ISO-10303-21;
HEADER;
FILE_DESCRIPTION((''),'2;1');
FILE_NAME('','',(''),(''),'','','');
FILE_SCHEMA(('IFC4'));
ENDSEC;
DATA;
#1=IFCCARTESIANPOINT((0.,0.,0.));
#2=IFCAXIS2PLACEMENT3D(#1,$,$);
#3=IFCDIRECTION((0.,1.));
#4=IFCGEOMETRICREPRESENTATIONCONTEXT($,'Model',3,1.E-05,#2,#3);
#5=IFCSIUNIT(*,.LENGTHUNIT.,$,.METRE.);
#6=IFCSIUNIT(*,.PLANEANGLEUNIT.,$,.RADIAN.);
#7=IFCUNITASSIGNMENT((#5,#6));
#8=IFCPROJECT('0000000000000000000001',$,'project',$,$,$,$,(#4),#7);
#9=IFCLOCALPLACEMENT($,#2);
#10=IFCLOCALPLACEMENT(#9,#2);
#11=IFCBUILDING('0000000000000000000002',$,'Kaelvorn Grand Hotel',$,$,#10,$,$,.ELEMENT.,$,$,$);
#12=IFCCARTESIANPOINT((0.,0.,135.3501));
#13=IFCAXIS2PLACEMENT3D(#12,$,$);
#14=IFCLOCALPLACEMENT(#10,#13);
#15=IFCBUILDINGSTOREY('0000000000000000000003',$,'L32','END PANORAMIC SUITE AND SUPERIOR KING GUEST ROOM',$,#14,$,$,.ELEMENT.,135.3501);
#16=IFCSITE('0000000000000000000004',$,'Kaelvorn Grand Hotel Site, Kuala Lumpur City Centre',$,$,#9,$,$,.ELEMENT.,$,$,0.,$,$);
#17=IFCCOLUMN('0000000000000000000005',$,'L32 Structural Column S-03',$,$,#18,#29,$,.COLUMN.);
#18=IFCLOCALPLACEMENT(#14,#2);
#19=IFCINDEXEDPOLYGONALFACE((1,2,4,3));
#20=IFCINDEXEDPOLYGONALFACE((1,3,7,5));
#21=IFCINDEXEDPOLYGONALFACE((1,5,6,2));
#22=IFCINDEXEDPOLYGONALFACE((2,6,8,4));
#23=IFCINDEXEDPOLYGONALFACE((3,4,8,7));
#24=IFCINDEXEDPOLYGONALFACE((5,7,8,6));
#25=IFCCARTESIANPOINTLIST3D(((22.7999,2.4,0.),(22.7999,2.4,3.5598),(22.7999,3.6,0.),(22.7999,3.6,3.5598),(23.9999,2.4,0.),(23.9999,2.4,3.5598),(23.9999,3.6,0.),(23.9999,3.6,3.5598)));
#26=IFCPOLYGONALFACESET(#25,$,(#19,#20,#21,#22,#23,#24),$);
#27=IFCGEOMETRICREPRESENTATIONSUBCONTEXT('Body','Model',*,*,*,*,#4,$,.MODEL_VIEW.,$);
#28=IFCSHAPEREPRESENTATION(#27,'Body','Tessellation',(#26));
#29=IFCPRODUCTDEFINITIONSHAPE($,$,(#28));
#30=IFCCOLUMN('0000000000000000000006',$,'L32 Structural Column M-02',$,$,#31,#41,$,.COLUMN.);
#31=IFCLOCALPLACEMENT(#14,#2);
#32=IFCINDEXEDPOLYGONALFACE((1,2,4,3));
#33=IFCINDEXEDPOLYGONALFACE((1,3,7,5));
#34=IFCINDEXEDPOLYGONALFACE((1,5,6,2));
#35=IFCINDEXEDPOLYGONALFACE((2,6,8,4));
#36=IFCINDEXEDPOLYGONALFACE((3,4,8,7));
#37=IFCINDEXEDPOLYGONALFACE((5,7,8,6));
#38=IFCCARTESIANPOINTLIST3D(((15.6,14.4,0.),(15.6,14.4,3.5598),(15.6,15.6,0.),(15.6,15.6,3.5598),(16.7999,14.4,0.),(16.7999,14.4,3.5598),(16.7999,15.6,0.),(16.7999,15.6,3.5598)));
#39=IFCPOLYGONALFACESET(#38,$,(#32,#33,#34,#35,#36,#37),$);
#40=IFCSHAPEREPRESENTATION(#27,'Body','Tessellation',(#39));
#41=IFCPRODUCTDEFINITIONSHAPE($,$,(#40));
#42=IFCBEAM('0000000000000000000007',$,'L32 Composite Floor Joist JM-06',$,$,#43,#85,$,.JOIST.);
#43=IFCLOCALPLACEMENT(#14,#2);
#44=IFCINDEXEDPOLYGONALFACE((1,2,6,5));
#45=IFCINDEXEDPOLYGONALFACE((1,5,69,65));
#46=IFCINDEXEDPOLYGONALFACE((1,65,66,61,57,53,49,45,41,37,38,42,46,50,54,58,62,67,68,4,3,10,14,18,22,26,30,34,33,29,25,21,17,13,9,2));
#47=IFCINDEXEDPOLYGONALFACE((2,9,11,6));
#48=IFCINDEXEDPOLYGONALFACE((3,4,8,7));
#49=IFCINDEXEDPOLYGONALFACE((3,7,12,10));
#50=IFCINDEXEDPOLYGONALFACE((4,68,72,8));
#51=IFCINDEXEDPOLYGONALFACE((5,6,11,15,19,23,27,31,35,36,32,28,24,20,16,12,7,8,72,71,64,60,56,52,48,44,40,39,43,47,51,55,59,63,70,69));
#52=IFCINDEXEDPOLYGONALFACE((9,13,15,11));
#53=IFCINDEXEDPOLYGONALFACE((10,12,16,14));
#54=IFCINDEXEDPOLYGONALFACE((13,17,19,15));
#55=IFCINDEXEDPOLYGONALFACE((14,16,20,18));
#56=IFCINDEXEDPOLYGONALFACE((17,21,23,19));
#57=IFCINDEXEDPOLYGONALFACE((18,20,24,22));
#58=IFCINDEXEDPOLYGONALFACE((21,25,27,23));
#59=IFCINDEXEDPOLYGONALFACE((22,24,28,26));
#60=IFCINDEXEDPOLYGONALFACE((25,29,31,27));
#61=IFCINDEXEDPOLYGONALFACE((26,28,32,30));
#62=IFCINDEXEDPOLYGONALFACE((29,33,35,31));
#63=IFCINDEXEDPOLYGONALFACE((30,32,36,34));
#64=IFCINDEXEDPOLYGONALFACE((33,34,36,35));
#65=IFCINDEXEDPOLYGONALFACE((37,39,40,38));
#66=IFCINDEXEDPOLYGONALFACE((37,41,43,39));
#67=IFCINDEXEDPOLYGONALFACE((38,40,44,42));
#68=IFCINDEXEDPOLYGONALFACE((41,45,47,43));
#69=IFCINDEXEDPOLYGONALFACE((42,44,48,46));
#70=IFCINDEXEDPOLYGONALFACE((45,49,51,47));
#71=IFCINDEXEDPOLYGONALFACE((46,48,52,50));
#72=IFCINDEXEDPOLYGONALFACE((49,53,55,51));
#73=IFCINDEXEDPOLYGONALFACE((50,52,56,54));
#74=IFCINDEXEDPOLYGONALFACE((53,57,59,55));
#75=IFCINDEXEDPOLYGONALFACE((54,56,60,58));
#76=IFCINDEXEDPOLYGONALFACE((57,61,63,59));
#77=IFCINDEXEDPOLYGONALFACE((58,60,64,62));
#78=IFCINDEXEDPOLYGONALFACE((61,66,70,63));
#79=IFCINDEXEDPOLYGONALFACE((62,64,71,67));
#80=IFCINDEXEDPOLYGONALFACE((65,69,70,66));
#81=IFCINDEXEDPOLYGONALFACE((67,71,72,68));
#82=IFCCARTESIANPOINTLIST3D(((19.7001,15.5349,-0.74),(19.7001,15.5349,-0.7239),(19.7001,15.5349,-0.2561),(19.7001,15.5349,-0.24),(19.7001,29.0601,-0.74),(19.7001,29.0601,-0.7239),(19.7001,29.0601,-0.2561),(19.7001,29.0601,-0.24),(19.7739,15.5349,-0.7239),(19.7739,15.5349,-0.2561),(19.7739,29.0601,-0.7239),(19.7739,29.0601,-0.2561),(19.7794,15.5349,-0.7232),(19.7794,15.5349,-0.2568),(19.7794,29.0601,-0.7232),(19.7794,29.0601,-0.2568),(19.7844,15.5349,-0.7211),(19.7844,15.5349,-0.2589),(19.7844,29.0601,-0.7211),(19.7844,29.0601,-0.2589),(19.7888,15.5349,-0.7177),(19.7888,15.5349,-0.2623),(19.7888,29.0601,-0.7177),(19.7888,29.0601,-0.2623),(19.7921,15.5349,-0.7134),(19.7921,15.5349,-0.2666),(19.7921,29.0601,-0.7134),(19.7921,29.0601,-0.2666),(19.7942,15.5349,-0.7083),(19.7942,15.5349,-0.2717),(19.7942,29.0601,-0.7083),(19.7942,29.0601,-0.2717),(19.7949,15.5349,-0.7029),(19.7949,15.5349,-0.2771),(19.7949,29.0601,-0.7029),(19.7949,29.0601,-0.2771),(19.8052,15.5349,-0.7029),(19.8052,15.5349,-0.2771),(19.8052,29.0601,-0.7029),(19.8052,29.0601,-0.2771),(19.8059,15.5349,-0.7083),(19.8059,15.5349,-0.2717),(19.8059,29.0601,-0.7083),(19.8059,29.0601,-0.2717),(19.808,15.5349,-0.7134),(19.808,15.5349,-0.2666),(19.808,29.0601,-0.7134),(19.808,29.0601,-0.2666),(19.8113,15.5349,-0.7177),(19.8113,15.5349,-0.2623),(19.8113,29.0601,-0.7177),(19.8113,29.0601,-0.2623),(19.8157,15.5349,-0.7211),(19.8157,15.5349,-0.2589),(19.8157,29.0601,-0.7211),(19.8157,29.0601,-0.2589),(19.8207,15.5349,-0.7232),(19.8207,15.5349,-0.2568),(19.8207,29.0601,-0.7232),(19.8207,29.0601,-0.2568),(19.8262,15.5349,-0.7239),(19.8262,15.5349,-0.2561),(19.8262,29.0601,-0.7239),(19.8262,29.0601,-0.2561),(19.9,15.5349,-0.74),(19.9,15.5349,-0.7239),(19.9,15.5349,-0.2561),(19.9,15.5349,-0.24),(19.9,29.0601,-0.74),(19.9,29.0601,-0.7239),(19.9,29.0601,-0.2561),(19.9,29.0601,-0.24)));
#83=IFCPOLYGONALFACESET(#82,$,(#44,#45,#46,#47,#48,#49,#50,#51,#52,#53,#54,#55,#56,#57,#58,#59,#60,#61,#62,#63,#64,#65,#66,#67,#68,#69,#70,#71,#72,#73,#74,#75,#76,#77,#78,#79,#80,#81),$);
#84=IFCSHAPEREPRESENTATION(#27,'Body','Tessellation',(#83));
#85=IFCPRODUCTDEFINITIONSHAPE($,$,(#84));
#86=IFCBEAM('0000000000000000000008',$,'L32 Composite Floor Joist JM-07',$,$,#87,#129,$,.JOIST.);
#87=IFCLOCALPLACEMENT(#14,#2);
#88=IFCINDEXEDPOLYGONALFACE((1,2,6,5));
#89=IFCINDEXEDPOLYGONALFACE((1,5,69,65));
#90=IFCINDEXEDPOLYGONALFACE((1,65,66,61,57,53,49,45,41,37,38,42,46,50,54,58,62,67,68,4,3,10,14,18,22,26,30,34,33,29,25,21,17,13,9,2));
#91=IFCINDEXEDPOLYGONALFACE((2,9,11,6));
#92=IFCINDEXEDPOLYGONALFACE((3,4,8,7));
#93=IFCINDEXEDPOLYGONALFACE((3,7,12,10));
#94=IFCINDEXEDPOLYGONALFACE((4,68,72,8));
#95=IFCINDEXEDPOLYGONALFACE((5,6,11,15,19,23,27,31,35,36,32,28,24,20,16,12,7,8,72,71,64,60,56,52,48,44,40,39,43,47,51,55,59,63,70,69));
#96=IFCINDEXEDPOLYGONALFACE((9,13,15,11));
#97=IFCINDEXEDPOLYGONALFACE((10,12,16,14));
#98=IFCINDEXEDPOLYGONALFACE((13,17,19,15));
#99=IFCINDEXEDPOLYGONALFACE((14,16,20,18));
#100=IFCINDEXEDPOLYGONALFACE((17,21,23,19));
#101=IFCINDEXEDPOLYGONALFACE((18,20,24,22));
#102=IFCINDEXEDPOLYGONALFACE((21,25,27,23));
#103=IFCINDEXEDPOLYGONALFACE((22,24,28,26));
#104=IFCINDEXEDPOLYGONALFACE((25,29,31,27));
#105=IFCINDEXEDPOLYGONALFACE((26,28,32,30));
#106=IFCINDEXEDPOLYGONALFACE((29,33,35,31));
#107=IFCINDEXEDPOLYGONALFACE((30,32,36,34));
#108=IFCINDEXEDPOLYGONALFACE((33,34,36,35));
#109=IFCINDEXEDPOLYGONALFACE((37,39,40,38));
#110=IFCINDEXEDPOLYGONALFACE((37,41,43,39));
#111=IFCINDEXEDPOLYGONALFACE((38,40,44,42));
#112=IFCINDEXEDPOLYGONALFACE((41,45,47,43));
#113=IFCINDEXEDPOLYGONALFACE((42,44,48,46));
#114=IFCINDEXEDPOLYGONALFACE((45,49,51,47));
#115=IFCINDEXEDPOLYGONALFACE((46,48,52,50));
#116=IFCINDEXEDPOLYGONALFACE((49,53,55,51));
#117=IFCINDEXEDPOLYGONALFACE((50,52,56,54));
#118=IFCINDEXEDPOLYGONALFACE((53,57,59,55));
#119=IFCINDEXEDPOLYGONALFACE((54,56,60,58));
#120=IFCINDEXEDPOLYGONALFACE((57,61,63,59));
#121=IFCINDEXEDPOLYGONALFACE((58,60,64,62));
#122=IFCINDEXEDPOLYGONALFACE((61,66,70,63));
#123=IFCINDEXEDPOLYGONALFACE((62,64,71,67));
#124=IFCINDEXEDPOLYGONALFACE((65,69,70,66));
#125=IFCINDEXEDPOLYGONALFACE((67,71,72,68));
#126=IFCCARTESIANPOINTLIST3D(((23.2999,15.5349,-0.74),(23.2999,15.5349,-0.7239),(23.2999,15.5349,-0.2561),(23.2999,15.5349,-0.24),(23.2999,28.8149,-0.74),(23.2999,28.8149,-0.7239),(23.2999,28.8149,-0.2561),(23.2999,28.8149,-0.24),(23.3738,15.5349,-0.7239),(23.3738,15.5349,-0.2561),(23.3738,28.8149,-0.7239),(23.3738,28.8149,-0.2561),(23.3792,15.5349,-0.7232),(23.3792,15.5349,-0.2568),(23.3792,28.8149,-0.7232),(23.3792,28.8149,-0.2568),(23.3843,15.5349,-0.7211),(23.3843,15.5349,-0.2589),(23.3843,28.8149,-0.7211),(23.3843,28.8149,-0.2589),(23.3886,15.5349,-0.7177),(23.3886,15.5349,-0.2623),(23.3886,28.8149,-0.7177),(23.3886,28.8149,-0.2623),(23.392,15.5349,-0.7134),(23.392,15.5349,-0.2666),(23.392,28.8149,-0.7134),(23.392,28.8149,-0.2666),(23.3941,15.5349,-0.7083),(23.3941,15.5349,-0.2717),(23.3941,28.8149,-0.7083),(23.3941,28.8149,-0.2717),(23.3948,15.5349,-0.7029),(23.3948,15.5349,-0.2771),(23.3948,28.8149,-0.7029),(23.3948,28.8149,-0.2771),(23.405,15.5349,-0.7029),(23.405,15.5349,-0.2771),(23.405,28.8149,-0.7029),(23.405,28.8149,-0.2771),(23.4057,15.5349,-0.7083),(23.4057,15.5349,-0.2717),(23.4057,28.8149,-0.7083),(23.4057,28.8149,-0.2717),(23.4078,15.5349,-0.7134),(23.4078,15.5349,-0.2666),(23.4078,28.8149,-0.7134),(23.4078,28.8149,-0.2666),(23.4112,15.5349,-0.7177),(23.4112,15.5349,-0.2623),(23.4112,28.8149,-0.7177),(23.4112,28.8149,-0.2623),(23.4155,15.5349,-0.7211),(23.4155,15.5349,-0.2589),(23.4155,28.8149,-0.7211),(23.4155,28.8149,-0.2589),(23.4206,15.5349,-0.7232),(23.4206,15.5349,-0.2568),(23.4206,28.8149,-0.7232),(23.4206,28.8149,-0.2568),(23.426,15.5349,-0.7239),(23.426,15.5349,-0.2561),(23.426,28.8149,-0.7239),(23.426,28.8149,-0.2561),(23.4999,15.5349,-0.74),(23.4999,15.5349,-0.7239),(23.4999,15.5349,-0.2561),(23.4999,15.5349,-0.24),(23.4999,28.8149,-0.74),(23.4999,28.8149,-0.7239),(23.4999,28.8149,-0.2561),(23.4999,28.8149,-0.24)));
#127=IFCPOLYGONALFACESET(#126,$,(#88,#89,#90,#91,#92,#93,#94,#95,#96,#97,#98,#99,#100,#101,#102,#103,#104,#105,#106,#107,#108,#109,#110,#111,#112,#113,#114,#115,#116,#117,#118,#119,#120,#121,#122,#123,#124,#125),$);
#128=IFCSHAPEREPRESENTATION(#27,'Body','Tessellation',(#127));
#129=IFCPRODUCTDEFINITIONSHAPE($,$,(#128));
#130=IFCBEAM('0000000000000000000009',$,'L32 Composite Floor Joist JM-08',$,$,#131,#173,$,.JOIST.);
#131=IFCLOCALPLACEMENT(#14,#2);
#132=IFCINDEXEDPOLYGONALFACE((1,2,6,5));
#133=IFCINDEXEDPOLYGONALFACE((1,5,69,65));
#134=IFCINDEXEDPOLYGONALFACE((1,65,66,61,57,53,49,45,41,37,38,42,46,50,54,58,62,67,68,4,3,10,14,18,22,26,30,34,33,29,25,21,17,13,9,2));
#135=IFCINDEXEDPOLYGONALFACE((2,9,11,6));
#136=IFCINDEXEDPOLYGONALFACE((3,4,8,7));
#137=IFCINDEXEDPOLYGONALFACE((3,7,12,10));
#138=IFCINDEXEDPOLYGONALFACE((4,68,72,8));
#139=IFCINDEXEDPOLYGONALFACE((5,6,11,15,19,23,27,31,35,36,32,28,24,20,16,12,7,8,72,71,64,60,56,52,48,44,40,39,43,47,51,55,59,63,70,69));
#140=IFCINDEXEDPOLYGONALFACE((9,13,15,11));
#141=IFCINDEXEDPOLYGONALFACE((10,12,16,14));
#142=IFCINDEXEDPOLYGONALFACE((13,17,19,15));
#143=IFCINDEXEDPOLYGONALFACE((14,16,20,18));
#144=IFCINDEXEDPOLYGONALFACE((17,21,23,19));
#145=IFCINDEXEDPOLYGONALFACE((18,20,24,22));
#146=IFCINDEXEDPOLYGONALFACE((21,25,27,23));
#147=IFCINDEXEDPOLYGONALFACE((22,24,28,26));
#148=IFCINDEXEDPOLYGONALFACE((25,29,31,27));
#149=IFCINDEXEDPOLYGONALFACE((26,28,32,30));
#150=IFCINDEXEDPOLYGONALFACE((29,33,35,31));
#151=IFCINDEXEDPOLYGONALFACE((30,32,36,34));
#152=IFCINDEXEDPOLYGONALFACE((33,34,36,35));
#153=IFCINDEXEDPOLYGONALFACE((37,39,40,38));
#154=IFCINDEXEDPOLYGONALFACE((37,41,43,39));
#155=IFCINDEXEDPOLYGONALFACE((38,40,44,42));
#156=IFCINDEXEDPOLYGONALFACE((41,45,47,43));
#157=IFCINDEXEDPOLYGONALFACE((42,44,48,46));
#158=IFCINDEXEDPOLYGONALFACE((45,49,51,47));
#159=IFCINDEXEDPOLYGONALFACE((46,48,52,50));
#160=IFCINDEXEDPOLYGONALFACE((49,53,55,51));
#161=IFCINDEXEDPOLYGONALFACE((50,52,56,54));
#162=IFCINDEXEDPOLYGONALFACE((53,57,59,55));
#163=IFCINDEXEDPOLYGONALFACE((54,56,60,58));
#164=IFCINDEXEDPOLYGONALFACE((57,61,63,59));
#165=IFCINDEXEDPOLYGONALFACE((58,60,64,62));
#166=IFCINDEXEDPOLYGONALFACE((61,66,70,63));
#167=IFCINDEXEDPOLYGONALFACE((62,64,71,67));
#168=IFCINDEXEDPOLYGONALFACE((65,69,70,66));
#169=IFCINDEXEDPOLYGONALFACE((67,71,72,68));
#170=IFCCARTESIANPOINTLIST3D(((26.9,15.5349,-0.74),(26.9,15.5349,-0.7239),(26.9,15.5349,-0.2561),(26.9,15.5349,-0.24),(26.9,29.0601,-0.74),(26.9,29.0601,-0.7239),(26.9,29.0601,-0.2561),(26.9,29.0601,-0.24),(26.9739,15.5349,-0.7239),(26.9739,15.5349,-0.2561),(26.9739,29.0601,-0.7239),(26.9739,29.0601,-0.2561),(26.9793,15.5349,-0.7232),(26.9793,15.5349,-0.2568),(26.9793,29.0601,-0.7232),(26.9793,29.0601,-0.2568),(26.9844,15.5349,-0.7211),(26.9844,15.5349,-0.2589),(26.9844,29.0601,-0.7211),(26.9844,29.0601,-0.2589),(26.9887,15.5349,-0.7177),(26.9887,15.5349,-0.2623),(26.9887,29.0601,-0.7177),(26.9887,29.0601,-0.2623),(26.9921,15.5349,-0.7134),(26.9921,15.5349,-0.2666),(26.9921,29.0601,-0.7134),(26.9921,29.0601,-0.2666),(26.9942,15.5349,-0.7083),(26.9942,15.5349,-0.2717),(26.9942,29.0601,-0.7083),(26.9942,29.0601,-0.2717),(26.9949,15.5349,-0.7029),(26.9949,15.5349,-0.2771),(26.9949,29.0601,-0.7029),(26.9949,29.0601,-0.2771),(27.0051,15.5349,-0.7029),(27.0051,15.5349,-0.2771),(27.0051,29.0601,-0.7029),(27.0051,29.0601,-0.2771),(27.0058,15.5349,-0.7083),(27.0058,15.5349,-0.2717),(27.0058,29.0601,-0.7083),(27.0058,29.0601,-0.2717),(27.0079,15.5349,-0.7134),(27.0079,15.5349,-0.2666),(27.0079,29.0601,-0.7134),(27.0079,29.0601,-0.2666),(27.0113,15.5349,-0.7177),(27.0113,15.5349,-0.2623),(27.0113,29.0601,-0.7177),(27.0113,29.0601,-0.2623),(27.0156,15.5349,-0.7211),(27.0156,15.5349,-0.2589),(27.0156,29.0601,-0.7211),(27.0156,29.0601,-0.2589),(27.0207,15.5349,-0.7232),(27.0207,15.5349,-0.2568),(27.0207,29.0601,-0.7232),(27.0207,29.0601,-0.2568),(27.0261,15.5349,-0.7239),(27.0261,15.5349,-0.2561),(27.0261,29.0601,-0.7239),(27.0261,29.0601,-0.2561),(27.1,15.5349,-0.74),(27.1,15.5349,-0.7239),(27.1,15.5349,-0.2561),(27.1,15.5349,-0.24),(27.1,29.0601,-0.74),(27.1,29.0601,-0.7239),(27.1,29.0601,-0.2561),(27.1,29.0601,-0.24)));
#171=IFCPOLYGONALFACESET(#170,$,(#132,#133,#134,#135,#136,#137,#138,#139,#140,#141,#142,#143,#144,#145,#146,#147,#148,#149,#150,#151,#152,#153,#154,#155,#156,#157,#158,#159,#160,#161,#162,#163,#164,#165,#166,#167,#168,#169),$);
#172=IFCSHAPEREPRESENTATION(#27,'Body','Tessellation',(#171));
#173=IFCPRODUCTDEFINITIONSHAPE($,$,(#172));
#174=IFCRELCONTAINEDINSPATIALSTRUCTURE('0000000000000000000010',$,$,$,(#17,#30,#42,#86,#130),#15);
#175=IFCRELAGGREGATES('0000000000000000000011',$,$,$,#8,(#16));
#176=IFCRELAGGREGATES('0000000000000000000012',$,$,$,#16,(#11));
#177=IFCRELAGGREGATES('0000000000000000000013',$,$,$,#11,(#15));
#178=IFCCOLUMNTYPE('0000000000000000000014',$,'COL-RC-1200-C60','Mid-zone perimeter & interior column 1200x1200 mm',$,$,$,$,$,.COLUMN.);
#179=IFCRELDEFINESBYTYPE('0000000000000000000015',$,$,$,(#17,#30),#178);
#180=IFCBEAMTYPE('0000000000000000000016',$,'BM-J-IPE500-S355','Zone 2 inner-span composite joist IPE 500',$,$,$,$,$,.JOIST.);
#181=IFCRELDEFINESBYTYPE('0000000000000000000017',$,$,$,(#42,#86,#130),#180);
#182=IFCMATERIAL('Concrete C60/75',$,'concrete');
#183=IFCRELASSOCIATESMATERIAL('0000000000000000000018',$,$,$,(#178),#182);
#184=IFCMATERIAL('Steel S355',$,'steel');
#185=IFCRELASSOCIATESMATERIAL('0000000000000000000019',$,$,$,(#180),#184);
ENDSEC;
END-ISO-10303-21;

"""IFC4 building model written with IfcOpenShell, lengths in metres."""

from ifc_helpers import new_model, si_unit, direction, frame, origin, origin_2d, place, context, subcontext, project, spatial, rectangle, i_section, extrude, material, material_profile, profile_set, type_object, element, save


model = new_model("IFC4")

# Units and contexts
model_context = context("Model", 3, precision=1e-05, world=origin(), true_north=direction((0.0, 1.0)))
body_context = subcontext(model_context, "Body", "Model", "MODEL_VIEW")
ifc_project = project(units=[si_unit("LENGTHUNIT", "METRE"), si_unit("PLANEANGLEUNIT", "RADIAN")], contexts=[model_context])

# Site, building, storey
site_placement = place(None, origin())
site = spatial("IfcSite", under=ifc_project, at=site_placement, Name="Kaelvorn Grand Hotel Site, Kuala Lumpur City Centre", CompositionType="ELEMENT", RefElevation=0.0)
building_placement = place(site_placement, origin())
building = spatial("IfcBuilding", under=site, at=building_placement, Name="Kaelvorn Grand Hotel", CompositionType="ELEMENT")
storey_placement = place(building_placement, frame((0.0, 0.0, 135.3501)))
storey = spatial("IfcBuildingStorey", under=building, at=storey_placement, Name="L32", Description="END PANORAMIC SUITE AND SUPERIOR KING GUEST ROOM", CompositionType="ELEMENT", Elevation=135.3501)

# Columns
ifc_material_1 = material(Name="Concrete C60/75", Category="concrete")
ifc_material_profile_1 = material_profile(ifc_material_1, rectangle(XDim=1.2, YDim=1.2, at=origin_2d()), Name="RC COL 1200x1200")
ifc_profile_set_1 = profile_set([ifc_material_profile_1], Name="Concrete C60/75")
column_type = type_object("IfcColumnType", Name="COL-RC-1200-C60", Description="Mid-zone perimeter & interior column 1200x1200 mm", PredefinedType="COLUMN", material=ifc_profile_set_1)
for number, where, z_axis, x_axis, name in (
    (1, (23.3999, 3.0, 0.0), (0.0, 0.0, 1.0), (1.0, 0.0, 0.0), "L32 Structural Column S-03"),
    (2, (16.2, 15.0, 0.0), (0.0, 0.0, 1.0), (1.0, 0.0, 0.0), "L32 Structural Column M-02"),
):
    element("IfcColumn", number, at=place(storey_placement, frame(where, z_axis=z_axis, x_axis=x_axis)), inside=storey, type_object=column_type, Name=name, PredefinedType="COLUMN", context=body_context, shape_type="SweptSolid", body=[
        extrude(rectangle(XDim=1.2, YDim=1.2, at=origin_2d()), origin(), (0.0, 0.0, 1.0), 3.5598),
    ])

# Beams
ifc_material_2 = material(Name="Steel S355", Category="steel")
ifc_material_profile_2 = material_profile(ifc_material_2, i_section(OverallWidth=0.2, OverallDepth=0.5, WebThickness=0.0103, FlangeThickness=0.0161, FilletRadius=0.021, at=origin_2d()), Name="IPE 500")
ifc_profile_set_2 = profile_set([ifc_material_profile_2], Name="Steel S355")
beam_type_1 = type_object("IfcBeamType", Name="BM-J-IPE500-S355", Description="Zone 2 inner-span composite joist IPE 500", PredefinedType="JOIST", material=ifc_profile_set_2)
beam_1_placement = place(storey_placement, frame((19.8, 15.5349, -0.49), z_axis=(0.0, 1.0, 0.0), x_axis=(-1.0, 0.0, 0.0)))
element("IfcBeam", 3, at=beam_1_placement, inside=storey, type_object=beam_type_1, Name="L32 Composite Floor Joist JM-06", PredefinedType="JOIST", context=body_context, shape_type="SweptSolid", body=[
    extrude(i_section(OverallWidth=0.2, OverallDepth=0.5, WebThickness=0.0103, FlangeThickness=0.0161, FilletRadius=0.021, at=origin_2d()), origin(), (0.0, 0.0, 1.0), 13.5251),
])
beam_2_placement = place(storey_placement, frame((23.3999, 15.5349, -0.49), z_axis=(0.0, 1.0, 0.0), x_axis=(-1.0, 0.0, 0.0)))
element("IfcBeam", 4, at=beam_2_placement, inside=storey, type_object=beam_type_1, Name="L32 Composite Floor Joist JM-07", PredefinedType="JOIST", context=body_context, shape_type="SweptSolid", body=[
    extrude(i_section(OverallWidth=0.2, OverallDepth=0.5, WebThickness=0.0103, FlangeThickness=0.0161, FilletRadius=0.021, at=origin_2d()), origin(), (0.0, 0.0, 1.0), 13.28),
])
beam_3_placement = place(storey_placement, frame((27.0, 15.5349, -0.49), z_axis=(0.0, 1.0, 0.0), x_axis=(-1.0, 0.0, 0.0)))
element("IfcBeam", 5, at=beam_3_placement, inside=storey, type_object=beam_type_1, Name="L32 Composite Floor Joist JM-08", PredefinedType="JOIST", context=body_context, shape_type="SweptSolid", body=[
    extrude(i_section(OverallWidth=0.2, OverallDepth=0.5, WebThickness=0.0103, FlangeThickness=0.0161, FilletRadius=0.021, at=origin_2d()), origin(), (0.0, 0.0, 1.0), 13.5251),
])

save(model, "model.ifc")
